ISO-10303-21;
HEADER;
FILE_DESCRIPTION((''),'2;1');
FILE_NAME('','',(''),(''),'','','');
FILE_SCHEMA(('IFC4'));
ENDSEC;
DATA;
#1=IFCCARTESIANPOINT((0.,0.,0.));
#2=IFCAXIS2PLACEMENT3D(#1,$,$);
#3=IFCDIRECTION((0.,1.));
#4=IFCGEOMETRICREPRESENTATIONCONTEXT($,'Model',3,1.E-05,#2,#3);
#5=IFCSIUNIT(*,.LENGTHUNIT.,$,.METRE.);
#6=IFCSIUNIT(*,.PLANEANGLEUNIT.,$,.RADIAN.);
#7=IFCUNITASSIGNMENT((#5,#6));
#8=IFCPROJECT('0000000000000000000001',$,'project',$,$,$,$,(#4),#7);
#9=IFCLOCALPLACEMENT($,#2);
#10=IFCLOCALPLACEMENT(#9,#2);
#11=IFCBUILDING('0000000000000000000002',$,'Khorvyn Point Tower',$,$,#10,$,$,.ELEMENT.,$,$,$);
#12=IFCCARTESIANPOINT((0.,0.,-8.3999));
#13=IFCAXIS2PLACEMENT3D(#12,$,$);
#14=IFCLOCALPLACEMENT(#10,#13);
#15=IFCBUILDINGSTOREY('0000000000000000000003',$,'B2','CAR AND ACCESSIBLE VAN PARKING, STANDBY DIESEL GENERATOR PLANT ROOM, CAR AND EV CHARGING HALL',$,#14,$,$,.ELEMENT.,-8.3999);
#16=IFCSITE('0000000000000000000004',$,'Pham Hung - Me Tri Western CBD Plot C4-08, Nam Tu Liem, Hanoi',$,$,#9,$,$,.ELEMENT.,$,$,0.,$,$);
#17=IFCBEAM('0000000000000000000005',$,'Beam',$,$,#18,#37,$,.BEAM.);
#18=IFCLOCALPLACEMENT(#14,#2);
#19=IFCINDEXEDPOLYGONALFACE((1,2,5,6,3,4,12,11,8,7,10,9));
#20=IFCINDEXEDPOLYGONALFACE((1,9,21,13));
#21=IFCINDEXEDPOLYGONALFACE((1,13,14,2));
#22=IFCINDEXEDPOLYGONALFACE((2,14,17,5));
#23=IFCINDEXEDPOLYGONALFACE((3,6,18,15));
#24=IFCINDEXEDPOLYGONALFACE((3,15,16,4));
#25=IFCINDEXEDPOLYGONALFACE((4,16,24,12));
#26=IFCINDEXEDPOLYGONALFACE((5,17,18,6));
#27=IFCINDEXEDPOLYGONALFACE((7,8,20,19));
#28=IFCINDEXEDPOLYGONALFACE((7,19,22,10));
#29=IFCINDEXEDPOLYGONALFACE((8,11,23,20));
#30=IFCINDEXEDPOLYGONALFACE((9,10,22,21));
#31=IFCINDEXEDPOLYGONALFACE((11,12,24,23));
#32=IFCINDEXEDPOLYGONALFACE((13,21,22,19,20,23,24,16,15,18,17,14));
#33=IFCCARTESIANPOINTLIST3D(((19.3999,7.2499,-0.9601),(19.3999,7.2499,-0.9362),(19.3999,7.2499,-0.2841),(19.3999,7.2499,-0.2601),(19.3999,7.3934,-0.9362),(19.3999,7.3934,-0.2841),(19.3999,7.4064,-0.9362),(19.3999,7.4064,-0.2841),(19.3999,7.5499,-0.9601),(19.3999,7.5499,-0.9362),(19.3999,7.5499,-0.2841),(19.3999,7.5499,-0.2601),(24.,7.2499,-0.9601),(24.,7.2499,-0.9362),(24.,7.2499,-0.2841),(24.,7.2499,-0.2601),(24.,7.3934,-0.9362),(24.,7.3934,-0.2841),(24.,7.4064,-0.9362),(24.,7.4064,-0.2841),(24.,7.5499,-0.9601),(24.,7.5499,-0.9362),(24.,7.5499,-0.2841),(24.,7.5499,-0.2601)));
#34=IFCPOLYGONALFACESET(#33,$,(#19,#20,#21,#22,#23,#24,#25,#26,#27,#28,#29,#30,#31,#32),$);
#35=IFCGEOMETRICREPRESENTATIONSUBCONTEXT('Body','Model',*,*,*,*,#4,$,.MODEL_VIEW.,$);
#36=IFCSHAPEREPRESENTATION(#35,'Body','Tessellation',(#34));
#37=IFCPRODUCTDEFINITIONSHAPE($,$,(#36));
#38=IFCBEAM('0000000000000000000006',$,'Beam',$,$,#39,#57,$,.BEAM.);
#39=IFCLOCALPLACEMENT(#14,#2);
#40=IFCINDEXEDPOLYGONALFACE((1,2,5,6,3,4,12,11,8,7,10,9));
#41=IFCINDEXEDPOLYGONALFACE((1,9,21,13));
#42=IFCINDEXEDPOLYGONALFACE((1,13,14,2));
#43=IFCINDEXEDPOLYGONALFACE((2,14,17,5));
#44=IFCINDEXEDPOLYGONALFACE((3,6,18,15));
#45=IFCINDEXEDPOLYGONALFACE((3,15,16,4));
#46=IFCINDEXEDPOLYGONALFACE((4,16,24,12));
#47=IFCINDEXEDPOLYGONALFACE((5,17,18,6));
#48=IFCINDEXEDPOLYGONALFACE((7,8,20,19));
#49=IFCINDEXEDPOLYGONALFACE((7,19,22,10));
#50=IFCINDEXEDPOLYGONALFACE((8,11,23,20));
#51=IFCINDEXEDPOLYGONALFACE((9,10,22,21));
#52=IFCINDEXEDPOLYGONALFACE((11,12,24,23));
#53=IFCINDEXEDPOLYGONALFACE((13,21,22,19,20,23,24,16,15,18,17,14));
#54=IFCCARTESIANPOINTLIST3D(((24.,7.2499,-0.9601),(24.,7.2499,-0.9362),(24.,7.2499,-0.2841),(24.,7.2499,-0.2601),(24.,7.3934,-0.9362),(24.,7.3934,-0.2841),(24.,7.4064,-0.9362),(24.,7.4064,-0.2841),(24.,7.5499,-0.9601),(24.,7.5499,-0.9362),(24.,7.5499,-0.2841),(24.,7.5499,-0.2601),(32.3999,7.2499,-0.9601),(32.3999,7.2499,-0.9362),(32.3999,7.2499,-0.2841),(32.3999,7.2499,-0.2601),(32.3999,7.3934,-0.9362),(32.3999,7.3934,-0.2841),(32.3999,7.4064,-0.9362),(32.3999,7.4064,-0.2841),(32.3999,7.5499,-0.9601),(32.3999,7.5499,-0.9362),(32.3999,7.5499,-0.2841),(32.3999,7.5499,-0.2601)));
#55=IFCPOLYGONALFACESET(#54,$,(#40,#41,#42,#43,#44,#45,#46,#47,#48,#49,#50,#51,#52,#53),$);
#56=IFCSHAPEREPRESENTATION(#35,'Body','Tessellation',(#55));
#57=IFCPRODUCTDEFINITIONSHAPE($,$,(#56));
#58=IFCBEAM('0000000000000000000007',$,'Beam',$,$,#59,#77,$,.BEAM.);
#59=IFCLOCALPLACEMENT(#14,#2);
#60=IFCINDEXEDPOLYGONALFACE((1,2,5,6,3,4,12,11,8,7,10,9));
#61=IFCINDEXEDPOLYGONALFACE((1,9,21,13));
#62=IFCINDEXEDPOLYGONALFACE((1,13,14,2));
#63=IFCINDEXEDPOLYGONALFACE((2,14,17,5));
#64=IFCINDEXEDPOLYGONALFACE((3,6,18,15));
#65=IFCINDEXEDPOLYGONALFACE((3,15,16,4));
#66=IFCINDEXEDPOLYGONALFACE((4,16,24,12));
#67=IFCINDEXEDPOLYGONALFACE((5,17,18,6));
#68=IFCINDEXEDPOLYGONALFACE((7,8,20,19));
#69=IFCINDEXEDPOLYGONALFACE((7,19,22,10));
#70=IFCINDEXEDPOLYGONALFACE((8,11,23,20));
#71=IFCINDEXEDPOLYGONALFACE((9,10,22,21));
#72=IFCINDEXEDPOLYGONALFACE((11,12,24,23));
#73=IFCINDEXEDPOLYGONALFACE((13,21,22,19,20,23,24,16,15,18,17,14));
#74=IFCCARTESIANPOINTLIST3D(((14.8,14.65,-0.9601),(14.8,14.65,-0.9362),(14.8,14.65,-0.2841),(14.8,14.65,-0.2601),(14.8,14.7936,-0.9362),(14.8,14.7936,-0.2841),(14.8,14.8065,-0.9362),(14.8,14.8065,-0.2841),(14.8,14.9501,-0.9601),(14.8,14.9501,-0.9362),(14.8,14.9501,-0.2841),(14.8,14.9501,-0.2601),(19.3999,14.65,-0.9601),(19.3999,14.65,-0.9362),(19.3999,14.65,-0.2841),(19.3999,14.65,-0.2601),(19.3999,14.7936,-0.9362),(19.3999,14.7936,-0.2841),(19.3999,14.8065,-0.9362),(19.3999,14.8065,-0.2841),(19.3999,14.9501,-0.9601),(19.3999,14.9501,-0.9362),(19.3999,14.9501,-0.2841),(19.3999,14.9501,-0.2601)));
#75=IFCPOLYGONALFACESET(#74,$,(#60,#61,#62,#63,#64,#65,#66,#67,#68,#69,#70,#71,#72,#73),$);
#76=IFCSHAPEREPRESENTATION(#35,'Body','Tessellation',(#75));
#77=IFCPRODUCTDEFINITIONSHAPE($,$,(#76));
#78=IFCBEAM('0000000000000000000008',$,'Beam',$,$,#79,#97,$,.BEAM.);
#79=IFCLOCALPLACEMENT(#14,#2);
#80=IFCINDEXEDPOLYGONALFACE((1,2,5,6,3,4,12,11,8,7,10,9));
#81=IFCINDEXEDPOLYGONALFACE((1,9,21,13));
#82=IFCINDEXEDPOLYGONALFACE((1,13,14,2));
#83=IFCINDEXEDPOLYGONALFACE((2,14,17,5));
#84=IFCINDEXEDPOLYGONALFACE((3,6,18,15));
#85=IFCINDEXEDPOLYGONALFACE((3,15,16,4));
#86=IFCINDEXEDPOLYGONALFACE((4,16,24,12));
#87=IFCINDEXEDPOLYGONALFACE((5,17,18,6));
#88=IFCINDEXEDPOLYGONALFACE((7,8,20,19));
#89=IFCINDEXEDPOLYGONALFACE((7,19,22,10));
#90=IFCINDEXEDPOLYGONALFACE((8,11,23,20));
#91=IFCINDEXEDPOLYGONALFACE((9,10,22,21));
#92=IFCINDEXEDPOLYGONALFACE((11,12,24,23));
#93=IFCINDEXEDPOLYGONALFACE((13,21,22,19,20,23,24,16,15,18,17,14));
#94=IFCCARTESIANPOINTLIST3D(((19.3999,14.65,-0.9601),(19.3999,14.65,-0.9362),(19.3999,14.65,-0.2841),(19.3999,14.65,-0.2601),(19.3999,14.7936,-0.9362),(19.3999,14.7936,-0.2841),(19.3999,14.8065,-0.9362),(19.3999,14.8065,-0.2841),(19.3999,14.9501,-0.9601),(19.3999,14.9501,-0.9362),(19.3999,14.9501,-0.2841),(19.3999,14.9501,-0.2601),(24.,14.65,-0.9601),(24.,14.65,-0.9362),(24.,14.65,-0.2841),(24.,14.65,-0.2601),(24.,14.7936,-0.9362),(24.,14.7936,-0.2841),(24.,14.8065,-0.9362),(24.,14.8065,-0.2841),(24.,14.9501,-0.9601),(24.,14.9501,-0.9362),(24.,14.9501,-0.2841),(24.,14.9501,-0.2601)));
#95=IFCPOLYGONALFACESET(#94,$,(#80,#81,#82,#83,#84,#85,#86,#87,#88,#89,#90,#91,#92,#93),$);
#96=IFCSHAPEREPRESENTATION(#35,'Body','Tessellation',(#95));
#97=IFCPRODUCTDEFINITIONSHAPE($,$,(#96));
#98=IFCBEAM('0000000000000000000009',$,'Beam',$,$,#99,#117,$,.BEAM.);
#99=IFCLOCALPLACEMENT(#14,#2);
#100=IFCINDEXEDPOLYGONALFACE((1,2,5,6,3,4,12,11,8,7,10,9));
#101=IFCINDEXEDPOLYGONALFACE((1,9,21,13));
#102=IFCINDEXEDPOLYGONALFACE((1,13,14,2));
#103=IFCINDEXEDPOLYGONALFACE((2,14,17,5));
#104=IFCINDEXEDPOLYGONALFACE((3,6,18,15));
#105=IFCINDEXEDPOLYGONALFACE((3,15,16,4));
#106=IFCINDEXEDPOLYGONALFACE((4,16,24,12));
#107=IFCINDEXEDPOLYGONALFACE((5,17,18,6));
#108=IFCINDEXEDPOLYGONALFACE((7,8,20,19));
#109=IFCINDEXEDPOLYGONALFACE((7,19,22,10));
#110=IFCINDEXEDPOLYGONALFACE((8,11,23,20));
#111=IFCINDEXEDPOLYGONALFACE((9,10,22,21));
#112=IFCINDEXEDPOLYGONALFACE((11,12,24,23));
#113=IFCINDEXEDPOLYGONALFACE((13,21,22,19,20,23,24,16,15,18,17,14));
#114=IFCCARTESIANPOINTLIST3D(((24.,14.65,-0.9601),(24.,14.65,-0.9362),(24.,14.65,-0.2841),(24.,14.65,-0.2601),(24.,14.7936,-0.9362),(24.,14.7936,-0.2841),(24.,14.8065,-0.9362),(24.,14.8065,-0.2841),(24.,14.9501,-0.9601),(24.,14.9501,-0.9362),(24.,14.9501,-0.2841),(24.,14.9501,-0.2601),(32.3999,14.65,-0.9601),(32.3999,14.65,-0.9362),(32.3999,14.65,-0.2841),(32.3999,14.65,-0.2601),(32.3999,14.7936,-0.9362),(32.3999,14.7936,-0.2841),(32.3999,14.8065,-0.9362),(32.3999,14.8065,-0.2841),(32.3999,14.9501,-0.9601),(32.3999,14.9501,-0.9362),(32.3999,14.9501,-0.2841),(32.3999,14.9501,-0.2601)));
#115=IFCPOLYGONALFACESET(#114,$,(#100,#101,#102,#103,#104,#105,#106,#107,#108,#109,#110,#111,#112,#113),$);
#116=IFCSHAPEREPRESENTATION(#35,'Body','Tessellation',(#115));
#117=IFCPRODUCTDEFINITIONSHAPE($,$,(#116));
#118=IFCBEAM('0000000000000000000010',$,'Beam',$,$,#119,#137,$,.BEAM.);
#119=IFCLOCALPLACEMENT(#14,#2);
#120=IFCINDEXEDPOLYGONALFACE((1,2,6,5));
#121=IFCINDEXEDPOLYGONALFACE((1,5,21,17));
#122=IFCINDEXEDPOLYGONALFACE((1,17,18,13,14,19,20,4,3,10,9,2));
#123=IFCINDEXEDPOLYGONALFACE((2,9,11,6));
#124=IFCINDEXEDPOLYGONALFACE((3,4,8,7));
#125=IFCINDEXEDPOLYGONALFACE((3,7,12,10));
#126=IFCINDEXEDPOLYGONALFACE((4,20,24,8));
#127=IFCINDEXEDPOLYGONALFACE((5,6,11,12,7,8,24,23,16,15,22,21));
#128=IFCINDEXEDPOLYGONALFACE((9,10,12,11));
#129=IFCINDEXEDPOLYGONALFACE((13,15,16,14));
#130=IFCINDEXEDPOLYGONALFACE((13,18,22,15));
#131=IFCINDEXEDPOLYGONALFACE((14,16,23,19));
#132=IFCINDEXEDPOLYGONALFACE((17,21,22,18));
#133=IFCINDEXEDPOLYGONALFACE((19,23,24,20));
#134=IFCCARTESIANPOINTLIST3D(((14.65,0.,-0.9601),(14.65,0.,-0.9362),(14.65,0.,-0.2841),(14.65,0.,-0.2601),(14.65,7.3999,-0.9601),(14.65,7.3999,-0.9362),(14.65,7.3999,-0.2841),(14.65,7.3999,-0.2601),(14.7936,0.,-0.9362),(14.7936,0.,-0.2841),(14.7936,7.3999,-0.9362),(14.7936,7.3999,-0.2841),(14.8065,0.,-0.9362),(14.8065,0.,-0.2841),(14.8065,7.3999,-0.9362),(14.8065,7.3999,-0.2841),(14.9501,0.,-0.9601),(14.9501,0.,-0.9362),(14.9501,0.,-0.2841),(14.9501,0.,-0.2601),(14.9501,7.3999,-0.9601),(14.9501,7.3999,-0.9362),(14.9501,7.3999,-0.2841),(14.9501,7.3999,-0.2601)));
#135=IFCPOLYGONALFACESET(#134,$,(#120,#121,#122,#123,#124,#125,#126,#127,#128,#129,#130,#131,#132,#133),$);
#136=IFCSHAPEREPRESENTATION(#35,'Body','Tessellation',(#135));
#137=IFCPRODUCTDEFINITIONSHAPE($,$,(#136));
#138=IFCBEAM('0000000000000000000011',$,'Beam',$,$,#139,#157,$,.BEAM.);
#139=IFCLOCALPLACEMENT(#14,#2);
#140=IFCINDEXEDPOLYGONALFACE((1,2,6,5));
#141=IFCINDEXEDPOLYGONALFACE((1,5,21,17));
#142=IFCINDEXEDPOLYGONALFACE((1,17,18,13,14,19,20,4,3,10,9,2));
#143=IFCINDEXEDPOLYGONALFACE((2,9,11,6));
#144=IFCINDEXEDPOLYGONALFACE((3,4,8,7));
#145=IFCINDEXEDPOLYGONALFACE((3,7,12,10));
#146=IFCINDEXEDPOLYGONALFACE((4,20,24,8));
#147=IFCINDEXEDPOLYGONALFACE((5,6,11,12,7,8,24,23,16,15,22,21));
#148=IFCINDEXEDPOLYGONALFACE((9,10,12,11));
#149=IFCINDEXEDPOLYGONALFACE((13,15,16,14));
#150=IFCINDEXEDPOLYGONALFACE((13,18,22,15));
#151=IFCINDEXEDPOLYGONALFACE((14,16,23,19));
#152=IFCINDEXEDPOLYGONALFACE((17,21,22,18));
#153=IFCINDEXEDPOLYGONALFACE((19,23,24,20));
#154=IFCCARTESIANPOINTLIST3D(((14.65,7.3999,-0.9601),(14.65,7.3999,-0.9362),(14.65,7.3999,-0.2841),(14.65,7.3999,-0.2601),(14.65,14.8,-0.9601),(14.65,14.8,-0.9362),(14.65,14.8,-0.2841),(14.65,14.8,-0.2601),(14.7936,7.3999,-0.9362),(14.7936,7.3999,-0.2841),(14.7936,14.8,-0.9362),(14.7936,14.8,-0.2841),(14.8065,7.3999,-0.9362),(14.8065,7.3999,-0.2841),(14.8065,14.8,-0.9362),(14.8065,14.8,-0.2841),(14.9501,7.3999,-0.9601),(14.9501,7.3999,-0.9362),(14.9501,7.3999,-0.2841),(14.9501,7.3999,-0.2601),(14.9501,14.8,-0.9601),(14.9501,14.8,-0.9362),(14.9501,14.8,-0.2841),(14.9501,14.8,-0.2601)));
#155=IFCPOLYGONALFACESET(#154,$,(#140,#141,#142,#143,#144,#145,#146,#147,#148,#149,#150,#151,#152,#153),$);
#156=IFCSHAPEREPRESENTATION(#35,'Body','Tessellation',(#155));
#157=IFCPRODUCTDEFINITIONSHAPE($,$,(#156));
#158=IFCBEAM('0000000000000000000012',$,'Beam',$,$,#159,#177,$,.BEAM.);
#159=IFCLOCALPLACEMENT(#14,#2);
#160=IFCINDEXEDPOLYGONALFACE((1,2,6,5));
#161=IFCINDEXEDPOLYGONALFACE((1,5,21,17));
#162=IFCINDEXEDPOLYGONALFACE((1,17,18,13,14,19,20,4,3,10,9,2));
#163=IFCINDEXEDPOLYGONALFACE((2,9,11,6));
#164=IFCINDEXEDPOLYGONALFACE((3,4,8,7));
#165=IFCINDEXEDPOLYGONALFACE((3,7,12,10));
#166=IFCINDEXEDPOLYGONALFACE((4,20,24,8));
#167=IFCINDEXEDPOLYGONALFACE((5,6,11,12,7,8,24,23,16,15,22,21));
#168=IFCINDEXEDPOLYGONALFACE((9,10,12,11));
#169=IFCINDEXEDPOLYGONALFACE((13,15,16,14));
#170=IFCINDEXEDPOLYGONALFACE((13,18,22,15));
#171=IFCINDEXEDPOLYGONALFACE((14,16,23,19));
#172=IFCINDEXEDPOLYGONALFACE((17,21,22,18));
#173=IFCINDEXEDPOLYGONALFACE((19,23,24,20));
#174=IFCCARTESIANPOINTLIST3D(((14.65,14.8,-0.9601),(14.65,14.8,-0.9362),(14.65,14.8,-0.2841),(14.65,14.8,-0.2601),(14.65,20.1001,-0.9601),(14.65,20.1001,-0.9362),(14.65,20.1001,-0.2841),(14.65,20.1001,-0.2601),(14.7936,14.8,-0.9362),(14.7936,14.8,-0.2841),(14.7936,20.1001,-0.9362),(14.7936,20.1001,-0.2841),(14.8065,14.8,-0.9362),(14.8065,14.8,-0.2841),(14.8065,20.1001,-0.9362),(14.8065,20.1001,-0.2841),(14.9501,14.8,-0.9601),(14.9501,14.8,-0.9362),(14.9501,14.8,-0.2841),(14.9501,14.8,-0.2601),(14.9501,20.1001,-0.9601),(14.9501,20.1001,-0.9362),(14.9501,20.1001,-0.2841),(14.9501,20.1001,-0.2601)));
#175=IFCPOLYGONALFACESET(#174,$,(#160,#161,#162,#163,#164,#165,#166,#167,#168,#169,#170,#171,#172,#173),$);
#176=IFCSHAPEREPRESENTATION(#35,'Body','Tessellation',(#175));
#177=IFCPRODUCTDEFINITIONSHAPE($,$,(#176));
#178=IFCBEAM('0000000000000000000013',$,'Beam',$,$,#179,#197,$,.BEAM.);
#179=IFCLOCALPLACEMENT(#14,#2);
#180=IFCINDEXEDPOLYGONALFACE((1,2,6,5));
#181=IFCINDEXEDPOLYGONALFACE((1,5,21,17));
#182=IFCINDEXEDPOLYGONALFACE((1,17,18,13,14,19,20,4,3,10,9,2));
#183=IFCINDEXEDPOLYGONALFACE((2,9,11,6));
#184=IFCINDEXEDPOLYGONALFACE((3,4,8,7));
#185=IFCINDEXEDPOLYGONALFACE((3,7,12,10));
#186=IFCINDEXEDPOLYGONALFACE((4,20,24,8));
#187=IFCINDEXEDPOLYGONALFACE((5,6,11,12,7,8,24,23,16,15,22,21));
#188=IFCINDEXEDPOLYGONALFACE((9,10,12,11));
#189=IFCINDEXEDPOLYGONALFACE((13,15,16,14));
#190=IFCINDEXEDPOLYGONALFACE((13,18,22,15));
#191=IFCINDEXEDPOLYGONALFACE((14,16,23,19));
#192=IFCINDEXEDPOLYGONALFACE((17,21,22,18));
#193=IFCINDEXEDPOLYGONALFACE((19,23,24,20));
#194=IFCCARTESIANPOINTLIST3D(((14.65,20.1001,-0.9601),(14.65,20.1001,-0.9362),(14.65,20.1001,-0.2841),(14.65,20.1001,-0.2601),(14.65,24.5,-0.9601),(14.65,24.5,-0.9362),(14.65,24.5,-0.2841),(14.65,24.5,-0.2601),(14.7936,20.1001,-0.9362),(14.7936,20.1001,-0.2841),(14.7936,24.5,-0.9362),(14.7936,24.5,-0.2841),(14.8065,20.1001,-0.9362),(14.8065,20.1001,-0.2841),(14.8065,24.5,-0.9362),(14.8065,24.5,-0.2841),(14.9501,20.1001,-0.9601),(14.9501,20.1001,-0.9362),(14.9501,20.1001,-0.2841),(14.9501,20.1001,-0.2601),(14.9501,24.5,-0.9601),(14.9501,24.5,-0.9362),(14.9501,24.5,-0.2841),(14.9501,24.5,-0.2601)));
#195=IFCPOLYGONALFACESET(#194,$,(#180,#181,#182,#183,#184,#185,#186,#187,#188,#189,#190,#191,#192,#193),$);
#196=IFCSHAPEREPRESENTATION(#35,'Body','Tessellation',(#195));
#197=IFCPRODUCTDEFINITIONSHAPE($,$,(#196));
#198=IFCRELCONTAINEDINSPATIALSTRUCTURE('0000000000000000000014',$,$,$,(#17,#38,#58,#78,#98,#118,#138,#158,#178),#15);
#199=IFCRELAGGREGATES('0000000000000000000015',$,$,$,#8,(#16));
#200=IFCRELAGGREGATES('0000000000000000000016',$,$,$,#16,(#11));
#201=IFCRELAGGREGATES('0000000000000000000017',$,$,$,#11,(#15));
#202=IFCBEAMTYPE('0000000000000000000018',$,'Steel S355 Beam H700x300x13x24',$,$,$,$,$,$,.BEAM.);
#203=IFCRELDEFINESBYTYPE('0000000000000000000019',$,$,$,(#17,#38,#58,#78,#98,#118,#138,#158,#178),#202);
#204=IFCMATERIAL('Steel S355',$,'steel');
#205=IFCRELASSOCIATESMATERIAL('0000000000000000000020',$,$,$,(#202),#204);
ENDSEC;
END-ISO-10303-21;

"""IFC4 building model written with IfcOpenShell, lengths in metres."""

from ifc_helpers import new_model, si_unit, direction, frame, origin, origin_2d, place, context, subcontext, project, spatial, i_section, extrude, material, material_profile, profile_set, type_object, element, save


model = new_model("IFC4")

# Units and contexts
model_context = context("Model", 3, precision=1e-05, world=origin(), true_north=direction((0.0, 1.0)))
body_context = subcontext(model_context, "Body", "Model", "MODEL_VIEW")
ifc_project = project(units=[si_unit("LENGTHUNIT", "METRE"), si_unit("PLANEANGLEUNIT", "RADIAN")], contexts=[model_context])

# Site, building, storey
site_placement = place(None, origin())
site = spatial("IfcSite", under=ifc_project, at=site_placement, Name="Pham Hung - Me Tri Western CBD Plot C4-08, Nam Tu Liem, Hanoi", CompositionType="ELEMENT", RefElevation=0.0)
building_placement = place(site_placement, origin())
building = spatial("IfcBuilding", under=site, at=building_placement, Name="Khorvyn Point Tower", CompositionType="ELEMENT")
storey_placement = place(building_placement, frame((0.0, 0.0, -8.3999)))
storey = spatial("IfcBuildingStorey", under=building, at=storey_placement, Name="B2", Description="CAR AND ACCESSIBLE VAN PARKING, STANDBY DIESEL GENERATOR PLANT ROOM, CAR AND EV CHARGING HALL", CompositionType="ELEMENT", Elevation=-8.3999)

# Beams
ifc_material_1 = material(Name="Steel S355", Category="steel")
ifc_material_profile_1 = material_profile(ifc_material_1, i_section(OverallWidth=0.3, OverallDepth=0.7, WebThickness=0.0129, FlangeThickness=0.0239, at=origin_2d()))
ifc_profile_set_1 = profile_set([ifc_material_profile_1], Name="Steel S355 H700x300x13x24")
beam_type_1 = type_object("IfcBeamType", Name="Steel S355 Beam H700x300x13x24", PredefinedType="BEAM", material=ifc_profile_set_1)
beam_1_placement = place(storey_placement, frame((19.3999, 7.3999, -0.6101), z_axis=(1.0, 0.0, 0.0), x_axis=(0.0, 1.0, 0.0)))
element("IfcBeam", 1, at=beam_1_placement, inside=storey, type_object=beam_type_1, Name="Beam", PredefinedType="BEAM", context=body_context, shape_type="SweptSolid", body=[
    extrude(i_section(OverallWidth=0.3, OverallDepth=0.7, WebThickness=0.0129, FlangeThickness=0.0239, at=origin_2d()), origin(), (0.0, 0.0, 1.0), 4.6001),
])
beam_2_placement = place(storey_placement, frame((24.0, 7.3999, -0.6101), z_axis=(1.0, 0.0, 0.0), x_axis=(0.0, 1.0, 0.0)))
element("IfcBeam", 2, at=beam_2_placement, inside=storey, type_object=beam_type_1, Name="Beam", PredefinedType="BEAM", context=body_context, shape_type="SweptSolid", body=[
    extrude(i_section(OverallWidth=0.3, OverallDepth=0.7, WebThickness=0.0129, FlangeThickness=0.0239, at=origin_2d()), origin(), (0.0, 0.0, 1.0), 8.3999),
])
beam_3_placement = place(storey_placement, frame((14.8, 14.8, -0.6101), z_axis=(1.0, 0.0, 0.0), x_axis=(0.0, 1.0, 0.0)))
element("IfcBeam", 3, at=beam_3_placement, inside=storey, type_object=beam_type_1, Name="Beam", PredefinedType="BEAM", context=body_context, shape_type="SweptSolid", body=[
    extrude(i_section(OverallWidth=0.3, OverallDepth=0.7, WebThickness=0.0129, FlangeThickness=0.0239, at=origin_2d()), origin(), (0.0, 0.0, 1.0), 4.5999),
])
beam_4_placement = place(storey_placement, frame((19.3999, 14.8, -0.6101), z_axis=(1.0, 0.0, 0.0), x_axis=(0.0, 1.0, 0.0)))
element("IfcBeam", 4, at=beam_4_placement, inside=storey, type_object=beam_type_1, Name="Beam", PredefinedType="BEAM", context=body_context, shape_type="SweptSolid", body=[
    extrude(i_section(OverallWidth=0.3, OverallDepth=0.7, WebThickness=0.0129, FlangeThickness=0.0239, at=origin_2d()), origin(), (0.0, 0.0, 1.0), 4.6001),
])
beam_5_placement = place(storey_placement, frame((24.0, 14.8, -0.6101), z_axis=(1.0, 0.0, 0.0), x_axis=(0.0, 1.0, 0.0)))
element("IfcBeam", 5, at=beam_5_placement, inside=storey, type_object=beam_type_1, Name="Beam", PredefinedType="BEAM", context=body_context, shape_type="SweptSolid", body=[
    extrude(i_section(OverallWidth=0.3, OverallDepth=0.7, WebThickness=0.0129, FlangeThickness=0.0239, at=origin_2d()), origin(), (0.0, 0.0, 1.0), 8.3999),
])
beam_6_placement = place(storey_placement, frame((14.8, 0.0, -0.6101), z_axis=(0.0, 1.0, 0.0), x_axis=(-1.0, 0.0, 0.0)))
element("IfcBeam", 6, at=beam_6_placement, inside=storey, type_object=beam_type_1, Name="Beam", PredefinedType="BEAM", context=body_context, shape_type="SweptSolid", body=[
    extrude(i_section(OverallWidth=0.3, OverallDepth=0.7, WebThickness=0.0129, FlangeThickness=0.0239, at=origin_2d()), origin(), (0.0, 0.0, 1.0), 7.3999),
])
beam_7_placement = place(storey_placement, frame((14.8, 7.3999, -0.6101), z_axis=(0.0, 1.0, 0.0), x_axis=(-1.0, 0.0, 0.0)))
element("IfcBeam", 7, at=beam_7_placement, inside=storey, type_object=beam_type_1, Name="Beam", PredefinedType="BEAM", context=body_context, shape_type="SweptSolid", body=[
    extrude(i_section(OverallWidth=0.3, OverallDepth=0.7, WebThickness=0.0129, FlangeThickness=0.0239, at=origin_2d()), origin(), (0.0, 0.0, 1.0), 7.4001),
])
beam_8_placement = place(storey_placement, frame((14.8, 14.8, -0.6101), z_axis=(0.0, 1.0, 0.0), x_axis=(-1.0, 0.0, 0.0)))
element("IfcBeam", 8, at=beam_8_placement, inside=storey, type_object=beam_type_1, Name="Beam", PredefinedType="BEAM", context=body_context, shape_type="SweptSolid", body=[
    extrude(i_section(OverallWidth=0.3, OverallDepth=0.7, WebThickness=0.0129, FlangeThickness=0.0239, at=origin_2d()), origin(), (0.0, 0.0, 1.0), 5.3),
])
beam_9_placement = place(storey_placement, frame((14.8, 20.1001, -0.6101), z_axis=(0.0, 1.0, 0.0), x_axis=(-1.0, 0.0, 0.0)))
element("IfcBeam", 9, at=beam_9_placement, inside=storey, type_object=beam_type_1, Name="Beam", PredefinedType="BEAM", context=body_context, shape_type="SweptSolid", body=[
    extrude(i_section(OverallWidth=0.3, OverallDepth=0.7, WebThickness=0.0129, FlangeThickness=0.0239, at=origin_2d()), origin(), (0.0, 0.0, 1.0), 4.3999),
])

save(model, "model.ifc")
